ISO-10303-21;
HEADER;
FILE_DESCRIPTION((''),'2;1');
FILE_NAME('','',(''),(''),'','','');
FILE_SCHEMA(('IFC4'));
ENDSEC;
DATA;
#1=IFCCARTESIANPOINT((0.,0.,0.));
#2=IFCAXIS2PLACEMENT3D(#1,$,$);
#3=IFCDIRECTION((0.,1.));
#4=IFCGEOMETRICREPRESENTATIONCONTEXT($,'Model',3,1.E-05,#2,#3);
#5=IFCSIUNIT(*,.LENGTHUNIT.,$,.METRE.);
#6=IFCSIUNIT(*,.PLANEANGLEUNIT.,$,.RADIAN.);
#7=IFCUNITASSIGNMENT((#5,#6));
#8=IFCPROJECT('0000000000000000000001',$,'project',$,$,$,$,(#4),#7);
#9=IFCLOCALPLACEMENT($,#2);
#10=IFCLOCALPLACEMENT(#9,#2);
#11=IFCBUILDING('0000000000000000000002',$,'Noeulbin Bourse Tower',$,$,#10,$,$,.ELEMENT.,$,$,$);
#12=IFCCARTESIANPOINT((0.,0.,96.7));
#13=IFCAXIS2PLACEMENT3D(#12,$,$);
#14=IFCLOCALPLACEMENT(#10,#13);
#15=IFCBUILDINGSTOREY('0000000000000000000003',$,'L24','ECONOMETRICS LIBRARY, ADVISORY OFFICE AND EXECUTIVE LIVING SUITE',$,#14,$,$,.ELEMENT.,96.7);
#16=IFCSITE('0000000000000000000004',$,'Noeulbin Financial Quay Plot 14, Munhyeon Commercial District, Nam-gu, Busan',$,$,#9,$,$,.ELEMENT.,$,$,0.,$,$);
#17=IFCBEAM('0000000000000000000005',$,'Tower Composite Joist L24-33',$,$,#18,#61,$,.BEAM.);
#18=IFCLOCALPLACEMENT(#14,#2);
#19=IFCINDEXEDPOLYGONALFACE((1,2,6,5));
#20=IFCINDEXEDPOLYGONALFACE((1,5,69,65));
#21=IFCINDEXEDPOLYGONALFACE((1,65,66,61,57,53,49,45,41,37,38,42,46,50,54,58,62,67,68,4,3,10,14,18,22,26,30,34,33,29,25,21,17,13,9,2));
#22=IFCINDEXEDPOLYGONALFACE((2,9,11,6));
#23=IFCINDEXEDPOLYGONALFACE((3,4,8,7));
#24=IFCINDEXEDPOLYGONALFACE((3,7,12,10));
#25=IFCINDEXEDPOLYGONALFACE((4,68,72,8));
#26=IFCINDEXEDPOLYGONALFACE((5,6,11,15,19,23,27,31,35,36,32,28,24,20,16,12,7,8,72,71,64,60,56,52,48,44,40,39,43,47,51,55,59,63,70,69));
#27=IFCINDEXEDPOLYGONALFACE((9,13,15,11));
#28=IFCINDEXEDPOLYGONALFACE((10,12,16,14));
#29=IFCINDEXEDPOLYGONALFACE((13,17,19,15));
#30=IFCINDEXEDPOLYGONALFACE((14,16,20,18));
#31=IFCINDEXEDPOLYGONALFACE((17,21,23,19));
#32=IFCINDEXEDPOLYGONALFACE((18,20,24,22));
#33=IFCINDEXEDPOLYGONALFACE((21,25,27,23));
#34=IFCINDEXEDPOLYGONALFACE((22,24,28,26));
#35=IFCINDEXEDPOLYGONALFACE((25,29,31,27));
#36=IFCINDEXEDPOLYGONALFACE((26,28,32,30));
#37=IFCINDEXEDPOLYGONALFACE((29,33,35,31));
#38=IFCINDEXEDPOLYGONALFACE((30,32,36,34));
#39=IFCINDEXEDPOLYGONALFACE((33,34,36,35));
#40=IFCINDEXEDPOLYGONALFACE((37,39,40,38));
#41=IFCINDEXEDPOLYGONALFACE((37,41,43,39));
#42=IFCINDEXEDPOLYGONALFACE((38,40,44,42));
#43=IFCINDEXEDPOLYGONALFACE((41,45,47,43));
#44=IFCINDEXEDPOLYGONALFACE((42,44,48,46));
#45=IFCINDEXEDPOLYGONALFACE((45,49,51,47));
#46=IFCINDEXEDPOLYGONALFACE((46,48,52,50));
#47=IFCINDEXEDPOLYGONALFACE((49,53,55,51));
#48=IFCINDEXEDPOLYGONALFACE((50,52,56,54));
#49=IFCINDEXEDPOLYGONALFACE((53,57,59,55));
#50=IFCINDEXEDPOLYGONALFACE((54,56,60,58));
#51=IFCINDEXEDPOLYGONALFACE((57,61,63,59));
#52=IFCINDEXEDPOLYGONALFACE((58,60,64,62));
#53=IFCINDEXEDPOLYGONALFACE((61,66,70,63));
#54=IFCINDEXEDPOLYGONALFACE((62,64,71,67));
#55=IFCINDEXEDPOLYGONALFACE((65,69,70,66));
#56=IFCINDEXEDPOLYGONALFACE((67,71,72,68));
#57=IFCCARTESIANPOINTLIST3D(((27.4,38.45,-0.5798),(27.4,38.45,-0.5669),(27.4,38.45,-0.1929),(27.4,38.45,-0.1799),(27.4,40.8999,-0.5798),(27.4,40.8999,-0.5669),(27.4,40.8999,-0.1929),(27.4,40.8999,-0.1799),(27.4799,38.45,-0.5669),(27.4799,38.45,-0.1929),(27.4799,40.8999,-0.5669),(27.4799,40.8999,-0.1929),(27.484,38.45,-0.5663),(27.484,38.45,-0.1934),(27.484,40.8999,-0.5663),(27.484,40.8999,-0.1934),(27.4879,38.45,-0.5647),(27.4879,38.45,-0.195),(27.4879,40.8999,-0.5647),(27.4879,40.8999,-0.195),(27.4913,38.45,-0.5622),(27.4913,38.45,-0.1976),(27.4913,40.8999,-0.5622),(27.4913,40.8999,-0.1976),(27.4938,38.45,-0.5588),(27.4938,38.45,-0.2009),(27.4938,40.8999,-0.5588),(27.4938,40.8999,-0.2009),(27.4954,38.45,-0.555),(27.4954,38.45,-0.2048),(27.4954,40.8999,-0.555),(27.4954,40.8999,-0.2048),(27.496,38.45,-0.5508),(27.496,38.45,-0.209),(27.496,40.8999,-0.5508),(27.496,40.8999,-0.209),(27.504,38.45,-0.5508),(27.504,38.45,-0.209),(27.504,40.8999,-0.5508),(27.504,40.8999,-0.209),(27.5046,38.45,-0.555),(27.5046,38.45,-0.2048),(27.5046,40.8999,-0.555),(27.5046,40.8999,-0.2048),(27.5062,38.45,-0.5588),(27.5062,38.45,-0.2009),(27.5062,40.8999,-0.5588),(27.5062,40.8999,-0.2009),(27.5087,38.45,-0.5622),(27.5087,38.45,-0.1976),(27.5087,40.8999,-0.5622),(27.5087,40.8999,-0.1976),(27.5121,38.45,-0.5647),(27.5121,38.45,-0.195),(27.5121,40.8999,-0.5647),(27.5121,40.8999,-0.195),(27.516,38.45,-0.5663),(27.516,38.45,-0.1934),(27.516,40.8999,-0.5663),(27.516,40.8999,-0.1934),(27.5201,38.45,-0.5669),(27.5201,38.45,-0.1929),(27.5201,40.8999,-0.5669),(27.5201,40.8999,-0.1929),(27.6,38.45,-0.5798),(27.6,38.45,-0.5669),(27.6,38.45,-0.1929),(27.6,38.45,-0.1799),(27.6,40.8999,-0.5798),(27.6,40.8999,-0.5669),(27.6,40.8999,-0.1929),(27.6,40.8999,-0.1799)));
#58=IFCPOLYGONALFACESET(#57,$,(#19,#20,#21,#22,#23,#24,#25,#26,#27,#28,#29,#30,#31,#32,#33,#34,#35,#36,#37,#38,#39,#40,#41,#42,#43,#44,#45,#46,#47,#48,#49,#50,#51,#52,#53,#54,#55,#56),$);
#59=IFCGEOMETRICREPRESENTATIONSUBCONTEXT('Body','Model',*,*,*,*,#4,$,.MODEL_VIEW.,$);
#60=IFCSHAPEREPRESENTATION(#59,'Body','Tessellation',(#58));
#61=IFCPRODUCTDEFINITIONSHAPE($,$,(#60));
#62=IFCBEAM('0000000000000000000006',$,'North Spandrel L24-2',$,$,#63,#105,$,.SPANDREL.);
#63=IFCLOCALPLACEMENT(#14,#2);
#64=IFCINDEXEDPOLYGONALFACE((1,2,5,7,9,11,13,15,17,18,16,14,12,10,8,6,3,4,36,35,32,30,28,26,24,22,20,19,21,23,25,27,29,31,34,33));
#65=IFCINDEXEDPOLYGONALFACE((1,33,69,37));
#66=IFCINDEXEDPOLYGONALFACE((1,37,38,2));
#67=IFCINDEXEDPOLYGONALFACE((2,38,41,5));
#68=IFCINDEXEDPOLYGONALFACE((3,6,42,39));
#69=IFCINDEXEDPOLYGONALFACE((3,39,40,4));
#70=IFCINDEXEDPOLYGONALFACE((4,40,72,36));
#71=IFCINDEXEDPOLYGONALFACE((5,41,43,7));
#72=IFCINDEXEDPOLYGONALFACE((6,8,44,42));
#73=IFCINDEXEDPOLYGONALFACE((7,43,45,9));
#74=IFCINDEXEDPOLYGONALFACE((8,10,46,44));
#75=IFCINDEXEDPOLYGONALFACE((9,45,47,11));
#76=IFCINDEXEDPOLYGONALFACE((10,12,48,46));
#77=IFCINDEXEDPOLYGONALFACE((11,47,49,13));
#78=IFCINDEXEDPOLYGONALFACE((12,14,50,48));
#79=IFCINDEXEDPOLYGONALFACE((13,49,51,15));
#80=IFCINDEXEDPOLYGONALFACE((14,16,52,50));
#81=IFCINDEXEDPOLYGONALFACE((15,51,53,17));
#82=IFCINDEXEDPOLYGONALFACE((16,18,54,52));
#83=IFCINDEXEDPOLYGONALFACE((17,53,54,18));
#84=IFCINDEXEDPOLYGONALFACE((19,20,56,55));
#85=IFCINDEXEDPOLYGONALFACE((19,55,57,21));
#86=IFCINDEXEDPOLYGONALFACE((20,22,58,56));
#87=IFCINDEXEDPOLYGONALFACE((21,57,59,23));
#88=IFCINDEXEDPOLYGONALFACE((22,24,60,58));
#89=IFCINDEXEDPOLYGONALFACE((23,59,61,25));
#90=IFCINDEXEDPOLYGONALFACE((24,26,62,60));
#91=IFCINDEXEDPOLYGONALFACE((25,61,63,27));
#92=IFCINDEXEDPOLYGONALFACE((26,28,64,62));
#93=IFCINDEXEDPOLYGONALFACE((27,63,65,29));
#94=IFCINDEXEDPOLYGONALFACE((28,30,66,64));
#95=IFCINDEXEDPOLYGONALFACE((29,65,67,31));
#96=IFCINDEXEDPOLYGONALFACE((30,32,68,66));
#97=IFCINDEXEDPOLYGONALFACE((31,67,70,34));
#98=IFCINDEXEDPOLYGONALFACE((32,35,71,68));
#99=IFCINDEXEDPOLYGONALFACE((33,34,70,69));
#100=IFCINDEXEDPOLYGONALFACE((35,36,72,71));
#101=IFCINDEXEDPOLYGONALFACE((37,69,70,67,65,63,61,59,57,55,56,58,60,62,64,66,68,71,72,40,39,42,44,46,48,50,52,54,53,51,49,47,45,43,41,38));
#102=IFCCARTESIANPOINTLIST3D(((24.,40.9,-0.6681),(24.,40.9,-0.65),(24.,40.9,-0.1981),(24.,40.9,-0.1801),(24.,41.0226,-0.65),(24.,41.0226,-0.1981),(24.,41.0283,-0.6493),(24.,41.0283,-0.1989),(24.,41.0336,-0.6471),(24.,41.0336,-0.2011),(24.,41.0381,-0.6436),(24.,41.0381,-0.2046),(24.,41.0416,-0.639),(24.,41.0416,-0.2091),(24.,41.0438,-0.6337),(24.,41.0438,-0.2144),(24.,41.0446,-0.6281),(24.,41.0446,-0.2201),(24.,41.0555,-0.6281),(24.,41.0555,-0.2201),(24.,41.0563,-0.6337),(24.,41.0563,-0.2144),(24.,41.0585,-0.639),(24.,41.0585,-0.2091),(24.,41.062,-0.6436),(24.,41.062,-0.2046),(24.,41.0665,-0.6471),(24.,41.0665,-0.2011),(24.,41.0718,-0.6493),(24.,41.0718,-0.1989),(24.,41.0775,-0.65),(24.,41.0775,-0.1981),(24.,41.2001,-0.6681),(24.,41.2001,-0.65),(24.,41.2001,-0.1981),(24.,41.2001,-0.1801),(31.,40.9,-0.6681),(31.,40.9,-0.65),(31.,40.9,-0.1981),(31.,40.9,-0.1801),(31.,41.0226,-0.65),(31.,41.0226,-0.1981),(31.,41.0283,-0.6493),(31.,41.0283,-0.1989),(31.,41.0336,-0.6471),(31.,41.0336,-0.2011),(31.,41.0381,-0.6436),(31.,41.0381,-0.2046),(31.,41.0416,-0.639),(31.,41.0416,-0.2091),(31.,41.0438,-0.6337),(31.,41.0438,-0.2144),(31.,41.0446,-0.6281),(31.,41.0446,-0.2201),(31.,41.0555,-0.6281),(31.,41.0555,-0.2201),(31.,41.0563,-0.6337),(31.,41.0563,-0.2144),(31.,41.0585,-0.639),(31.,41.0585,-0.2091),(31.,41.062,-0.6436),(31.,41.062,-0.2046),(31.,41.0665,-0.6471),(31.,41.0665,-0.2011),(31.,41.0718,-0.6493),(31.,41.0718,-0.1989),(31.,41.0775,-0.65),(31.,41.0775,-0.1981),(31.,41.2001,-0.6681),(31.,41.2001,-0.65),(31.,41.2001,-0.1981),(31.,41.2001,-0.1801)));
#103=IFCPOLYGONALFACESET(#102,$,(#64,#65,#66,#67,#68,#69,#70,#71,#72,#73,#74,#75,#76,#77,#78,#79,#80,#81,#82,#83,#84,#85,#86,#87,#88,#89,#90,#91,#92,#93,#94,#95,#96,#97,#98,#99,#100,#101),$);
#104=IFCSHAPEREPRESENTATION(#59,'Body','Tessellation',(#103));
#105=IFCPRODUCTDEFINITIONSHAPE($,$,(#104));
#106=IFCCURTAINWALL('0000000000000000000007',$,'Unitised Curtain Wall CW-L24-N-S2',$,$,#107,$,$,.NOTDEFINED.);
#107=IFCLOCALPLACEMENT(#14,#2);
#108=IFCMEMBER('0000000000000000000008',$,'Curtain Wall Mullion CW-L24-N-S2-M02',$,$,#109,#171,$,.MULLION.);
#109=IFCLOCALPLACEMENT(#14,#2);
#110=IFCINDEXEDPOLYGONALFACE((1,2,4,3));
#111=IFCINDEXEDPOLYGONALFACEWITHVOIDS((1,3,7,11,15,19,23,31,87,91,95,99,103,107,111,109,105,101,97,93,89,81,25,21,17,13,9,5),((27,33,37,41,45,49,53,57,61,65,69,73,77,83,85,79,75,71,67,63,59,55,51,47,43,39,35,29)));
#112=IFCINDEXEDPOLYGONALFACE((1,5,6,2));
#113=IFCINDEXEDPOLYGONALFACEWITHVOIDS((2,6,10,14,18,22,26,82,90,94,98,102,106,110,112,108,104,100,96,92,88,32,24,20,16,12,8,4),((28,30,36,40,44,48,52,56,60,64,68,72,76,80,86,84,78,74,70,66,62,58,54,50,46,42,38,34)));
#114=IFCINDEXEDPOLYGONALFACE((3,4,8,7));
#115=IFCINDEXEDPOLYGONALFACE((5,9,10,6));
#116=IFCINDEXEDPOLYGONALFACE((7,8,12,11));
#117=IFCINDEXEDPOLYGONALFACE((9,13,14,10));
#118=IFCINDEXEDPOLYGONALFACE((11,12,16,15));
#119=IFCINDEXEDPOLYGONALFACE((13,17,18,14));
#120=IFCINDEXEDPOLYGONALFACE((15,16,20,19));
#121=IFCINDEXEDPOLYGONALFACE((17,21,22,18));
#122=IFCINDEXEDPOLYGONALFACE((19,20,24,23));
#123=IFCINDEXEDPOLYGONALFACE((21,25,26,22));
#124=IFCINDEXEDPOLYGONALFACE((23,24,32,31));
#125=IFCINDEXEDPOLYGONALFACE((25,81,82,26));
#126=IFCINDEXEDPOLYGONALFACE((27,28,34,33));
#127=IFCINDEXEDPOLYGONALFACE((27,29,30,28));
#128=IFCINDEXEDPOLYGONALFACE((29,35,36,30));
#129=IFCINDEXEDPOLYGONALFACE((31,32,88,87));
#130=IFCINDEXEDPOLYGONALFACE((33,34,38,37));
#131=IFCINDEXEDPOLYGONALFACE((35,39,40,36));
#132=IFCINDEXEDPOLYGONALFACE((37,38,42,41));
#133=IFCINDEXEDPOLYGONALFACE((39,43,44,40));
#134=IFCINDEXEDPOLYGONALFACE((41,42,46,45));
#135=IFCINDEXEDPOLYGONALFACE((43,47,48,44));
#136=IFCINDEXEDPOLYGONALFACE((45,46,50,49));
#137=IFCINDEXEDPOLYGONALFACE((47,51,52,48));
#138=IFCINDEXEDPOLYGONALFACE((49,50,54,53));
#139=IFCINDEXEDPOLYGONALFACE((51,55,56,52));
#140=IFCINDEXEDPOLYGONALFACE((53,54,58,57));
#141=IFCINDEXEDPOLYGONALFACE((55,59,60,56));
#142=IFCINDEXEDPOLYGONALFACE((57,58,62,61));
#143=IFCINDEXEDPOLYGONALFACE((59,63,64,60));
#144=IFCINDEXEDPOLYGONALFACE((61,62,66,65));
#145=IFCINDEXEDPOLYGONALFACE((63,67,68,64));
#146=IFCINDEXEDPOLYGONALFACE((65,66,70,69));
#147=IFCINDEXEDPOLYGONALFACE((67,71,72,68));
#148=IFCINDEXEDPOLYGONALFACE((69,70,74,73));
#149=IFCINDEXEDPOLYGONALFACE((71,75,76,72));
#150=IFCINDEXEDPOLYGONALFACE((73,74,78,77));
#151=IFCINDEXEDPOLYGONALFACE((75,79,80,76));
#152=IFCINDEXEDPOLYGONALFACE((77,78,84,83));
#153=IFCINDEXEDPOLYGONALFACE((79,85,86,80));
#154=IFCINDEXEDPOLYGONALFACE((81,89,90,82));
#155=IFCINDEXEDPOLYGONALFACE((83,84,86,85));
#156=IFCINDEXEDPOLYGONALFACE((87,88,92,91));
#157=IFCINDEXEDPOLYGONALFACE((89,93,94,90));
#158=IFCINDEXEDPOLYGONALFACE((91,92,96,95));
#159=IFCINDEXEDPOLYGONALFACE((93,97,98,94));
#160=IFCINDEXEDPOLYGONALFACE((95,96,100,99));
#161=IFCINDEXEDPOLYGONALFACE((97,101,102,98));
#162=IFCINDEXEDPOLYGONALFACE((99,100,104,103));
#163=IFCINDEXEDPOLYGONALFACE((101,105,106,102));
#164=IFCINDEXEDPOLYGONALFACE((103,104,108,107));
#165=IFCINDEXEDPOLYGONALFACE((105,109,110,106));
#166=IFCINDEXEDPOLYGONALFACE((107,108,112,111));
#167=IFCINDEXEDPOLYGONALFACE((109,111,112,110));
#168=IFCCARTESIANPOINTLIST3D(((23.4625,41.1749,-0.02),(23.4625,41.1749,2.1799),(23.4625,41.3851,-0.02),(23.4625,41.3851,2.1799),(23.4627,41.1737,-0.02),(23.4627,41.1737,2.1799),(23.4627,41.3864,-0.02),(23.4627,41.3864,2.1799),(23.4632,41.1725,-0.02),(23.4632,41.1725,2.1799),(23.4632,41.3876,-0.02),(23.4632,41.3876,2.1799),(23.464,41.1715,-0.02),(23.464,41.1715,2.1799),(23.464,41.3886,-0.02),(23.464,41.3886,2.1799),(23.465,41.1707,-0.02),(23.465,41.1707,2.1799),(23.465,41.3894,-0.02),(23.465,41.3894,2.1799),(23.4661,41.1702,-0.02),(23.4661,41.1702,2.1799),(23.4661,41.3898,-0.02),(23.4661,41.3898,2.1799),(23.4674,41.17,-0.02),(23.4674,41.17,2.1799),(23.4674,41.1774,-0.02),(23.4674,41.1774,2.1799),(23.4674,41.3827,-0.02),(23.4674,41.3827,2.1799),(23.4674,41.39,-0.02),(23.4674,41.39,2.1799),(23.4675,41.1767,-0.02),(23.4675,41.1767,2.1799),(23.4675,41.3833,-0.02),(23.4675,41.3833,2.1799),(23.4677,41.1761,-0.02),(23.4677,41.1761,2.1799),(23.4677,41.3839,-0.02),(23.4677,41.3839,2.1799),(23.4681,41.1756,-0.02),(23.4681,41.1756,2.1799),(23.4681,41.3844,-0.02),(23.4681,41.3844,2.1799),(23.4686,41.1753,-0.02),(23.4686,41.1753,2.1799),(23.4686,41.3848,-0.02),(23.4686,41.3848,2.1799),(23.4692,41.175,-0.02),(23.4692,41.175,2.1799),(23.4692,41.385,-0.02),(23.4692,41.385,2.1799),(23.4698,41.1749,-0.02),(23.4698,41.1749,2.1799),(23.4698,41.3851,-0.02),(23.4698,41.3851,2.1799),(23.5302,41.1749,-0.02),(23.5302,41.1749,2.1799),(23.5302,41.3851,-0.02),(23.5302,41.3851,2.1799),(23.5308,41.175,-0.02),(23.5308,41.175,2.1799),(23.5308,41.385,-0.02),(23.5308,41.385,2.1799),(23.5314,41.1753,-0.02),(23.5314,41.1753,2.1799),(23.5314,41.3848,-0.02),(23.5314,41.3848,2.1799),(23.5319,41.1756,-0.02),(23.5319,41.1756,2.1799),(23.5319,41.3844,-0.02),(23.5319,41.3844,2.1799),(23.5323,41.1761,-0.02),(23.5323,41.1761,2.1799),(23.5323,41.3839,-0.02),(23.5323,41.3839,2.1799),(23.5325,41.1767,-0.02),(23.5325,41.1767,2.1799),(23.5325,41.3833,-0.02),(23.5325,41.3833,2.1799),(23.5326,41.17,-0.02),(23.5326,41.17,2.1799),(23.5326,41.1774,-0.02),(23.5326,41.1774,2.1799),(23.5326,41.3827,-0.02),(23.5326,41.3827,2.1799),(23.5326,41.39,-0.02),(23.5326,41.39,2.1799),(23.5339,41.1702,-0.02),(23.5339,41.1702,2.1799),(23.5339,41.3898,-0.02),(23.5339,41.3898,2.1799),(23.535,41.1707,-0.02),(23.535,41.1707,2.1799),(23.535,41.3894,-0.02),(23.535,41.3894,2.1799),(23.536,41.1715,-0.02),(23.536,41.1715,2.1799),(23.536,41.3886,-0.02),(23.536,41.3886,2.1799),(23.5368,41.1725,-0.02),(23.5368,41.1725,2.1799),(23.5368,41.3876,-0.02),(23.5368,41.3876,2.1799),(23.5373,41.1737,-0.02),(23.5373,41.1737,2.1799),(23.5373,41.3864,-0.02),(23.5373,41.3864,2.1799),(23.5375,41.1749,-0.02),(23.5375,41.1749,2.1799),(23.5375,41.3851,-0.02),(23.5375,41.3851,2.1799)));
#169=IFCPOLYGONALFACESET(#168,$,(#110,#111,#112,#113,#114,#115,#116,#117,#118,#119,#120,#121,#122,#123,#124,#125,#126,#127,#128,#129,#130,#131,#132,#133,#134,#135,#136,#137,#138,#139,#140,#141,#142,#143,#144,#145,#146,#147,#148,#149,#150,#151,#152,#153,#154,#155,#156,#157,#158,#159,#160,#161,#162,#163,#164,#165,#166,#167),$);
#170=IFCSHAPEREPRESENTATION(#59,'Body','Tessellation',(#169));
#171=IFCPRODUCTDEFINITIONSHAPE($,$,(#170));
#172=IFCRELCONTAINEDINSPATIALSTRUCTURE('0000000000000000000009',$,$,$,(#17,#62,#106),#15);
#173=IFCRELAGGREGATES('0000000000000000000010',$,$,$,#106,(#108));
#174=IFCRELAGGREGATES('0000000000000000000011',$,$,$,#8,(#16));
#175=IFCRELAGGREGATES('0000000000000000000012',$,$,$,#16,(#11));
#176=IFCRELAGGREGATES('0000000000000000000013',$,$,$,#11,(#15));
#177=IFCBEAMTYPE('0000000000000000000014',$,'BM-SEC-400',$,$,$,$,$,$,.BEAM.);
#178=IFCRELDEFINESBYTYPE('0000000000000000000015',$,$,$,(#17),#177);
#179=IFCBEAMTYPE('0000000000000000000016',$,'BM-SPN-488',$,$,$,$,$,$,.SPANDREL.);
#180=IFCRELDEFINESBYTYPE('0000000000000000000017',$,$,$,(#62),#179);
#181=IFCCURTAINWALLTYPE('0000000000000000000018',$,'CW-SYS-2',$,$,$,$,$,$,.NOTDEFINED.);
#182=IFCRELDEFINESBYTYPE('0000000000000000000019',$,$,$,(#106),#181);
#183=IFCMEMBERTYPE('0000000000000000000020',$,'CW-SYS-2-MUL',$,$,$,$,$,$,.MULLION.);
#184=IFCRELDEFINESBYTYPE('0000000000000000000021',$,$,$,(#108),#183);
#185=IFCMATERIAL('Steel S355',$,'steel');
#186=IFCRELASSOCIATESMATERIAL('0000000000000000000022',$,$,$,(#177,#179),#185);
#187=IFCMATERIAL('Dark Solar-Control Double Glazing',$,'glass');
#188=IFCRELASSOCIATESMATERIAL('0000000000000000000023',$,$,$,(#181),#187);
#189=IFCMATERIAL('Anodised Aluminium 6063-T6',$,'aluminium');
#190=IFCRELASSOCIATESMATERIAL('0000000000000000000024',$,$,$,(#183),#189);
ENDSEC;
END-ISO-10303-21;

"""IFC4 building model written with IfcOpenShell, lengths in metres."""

from ifc_helpers import new_model, si_unit, direction, frame, origin, origin_2d, place, context, subcontext, project, spatial, hollow_rectangle, i_section, extrude, material, material_profile, profile_set, type_object, element, aggregate, save


model = new_model("IFC4")

# Units and contexts
model_context = context("Model", 3, precision=1e-05, world=origin(), true_north=direction((0.0, 1.0)))
body_context = subcontext(model_context, "Body", "Model", "MODEL_VIEW")
ifc_project = project(units=[si_unit("LENGTHUNIT", "METRE"), si_unit("PLANEANGLEUNIT", "RADIAN")], contexts=[model_context])

# Site, building, storey
site_placement = place(None, origin())
site = spatial("IfcSite", under=ifc_project, at=site_placement, Name="Noeulbin Financial Quay Plot 14, Munhyeon Commercial District, Nam-gu, Busan", CompositionType="ELEMENT", RefElevation=0.0)
building_placement = place(site_placement, origin())
building = spatial("IfcBuilding", under=site, at=building_placement, Name="Noeulbin Bourse Tower", CompositionType="ELEMENT")
storey_placement = place(building_placement, frame((0.0, 0.0, 96.7)))
storey = spatial("IfcBuildingStorey", under=building, at=storey_placement, Name="L24", Description="ECONOMETRICS LIBRARY, ADVISORY OFFICE AND EXECUTIVE LIVING SUITE", CompositionType="ELEMENT", Elevation=96.7)

# Beams
ifc_material_1 = material(Name="Steel S355", Category="steel")
ifc_material_profile_1 = material_profile(ifc_material_1, i_section(OverallWidth=0.2, OverallDepth=0.3999, WebThickness=0.0081, FlangeThickness=0.0129, FilletRadius=0.0161, at=origin_2d()), Name="H-400x200x8x13", Category="LoadBearing")
ifc_profile_set_1 = profile_set([ifc_material_profile_1], Name="Steel S355")
beam_type_1 = type_object("IfcBeamType", Name="BM-SEC-400", PredefinedType="BEAM", material=ifc_profile_set_1)
for number, where, z_axis, x_axis, name in (
    (1, (27.5, 38.45, -0.3799), (0.0, 1.0, 0.0), (-1.0, 0.0, 0.0), "Tower Composite Joist L24-33"),
):
    element("IfcBeam", number, at=place(storey_placement, frame(where, z_axis=z_axis, x_axis=x_axis)), inside=storey, type_object=beam_type_1, Name=name, PredefinedType="BEAM", context=body_context, shape_type="SweptSolid", body=[
        extrude(i_section(OverallWidth=0.2, OverallDepth=0.3999, WebThickness=0.0081, FlangeThickness=0.0129, FilletRadius=0.0161, at=origin_2d()), origin(), (0.0, 0.0, 1.0), 2.45),
    ])
ifc_material_profile_2 = material_profile(ifc_material_1, i_section(OverallWidth=0.3, OverallDepth=0.488, WebThickness=0.011, FlangeThickness=0.0181, FilletRadius=0.022, at=origin_2d()), Name="H-488x300x11x18", Category="LoadBearing")
ifc_profile_set_2 = profile_set([ifc_material_profile_2], Name="Steel S355")
beam_type_2 = type_object("IfcBeamType", Name="BM-SPN-488", PredefinedType="SPANDREL", material=ifc_profile_set_2)
beam_1_placement = place(storey_placement, frame((24.0, 41.05, -0.4241), z_axis=(1.0, 0.0, 0.0), x_axis=(0.0, 1.0, 0.0)))
element("IfcBeam", 2, at=beam_1_placement, inside=storey, type_object=beam_type_2, Name="North Spandrel L24-2", PredefinedType="SPANDREL", context=body_context, shape_type="SweptSolid", body=[
    extrude(i_section(OverallWidth=0.3, OverallDepth=0.488, WebThickness=0.011, FlangeThickness=0.0181, FilletRadius=0.022, at=origin_2d()), origin(), (0.0, 0.0, 1.0), 7.0),
])

# Curtain wall, member
ifc_material_2 = material(Name="Dark Solar-Control Double Glazing", Category="glass")
curtain_wall_type = type_object("IfcCurtainWallType", Name="CW-SYS-2", PredefinedType="NOTDEFINED", material=ifc_material_2)
curtain_wall_1_placement = place(storey_placement, origin())
curtain_wall_1 = element("IfcCurtainWall", 3, at=curtain_wall_1_placement, inside=storey, type_object=curtain_wall_type, Name="Unitised Curtain Wall CW-L24-N-S2", PredefinedType="NOTDEFINED")
ifc_material_3 = material(Name="Anodised Aluminium 6063-T6", Category="aluminium")
ifc_material_profile_3 = material_profile(ifc_material_3, hollow_rectangle(XDim=0.075, YDim=0.22, WallThickness=0.0049, InnerFilletRadius=0.0024, OuterFilletRadius=0.0049, at=origin_2d()), Name="ALU-MULL-75x220x5", Category="LoadBearing")
ifc_profile_set_3 = profile_set([ifc_material_profile_3], Name="Anodised Aluminium 6063-T6")
member_type_1 = type_object("IfcMemberType", Name="CW-SYS-2-MUL", PredefinedType="MULLION", material=ifc_profile_set_3)
member_1_placement = place(storey_placement, frame((23.5, 41.28, -0.02), z_axis=(0.0, 0.0, 1.0), x_axis=(1.0, 0.0, 0.0)))
member_1 = element("IfcMember", 4, at=member_1_placement, type_object=member_type_1, Name="Curtain Wall Mullion CW-L24-N-S2-M02", PredefinedType="MULLION", context=body_context, shape_type="SweptSolid", body=[
    extrude(hollow_rectangle(XDim=0.075, YDim=0.22, WallThickness=0.0049, InnerFilletRadius=0.0024, OuterFilletRadius=0.0049, at=origin_2d()), origin(), (0.0, 0.0, 1.0), 2.2),
])

aggregate(curtain_wall_1, [member_1])

save(model, "model.ifc")
